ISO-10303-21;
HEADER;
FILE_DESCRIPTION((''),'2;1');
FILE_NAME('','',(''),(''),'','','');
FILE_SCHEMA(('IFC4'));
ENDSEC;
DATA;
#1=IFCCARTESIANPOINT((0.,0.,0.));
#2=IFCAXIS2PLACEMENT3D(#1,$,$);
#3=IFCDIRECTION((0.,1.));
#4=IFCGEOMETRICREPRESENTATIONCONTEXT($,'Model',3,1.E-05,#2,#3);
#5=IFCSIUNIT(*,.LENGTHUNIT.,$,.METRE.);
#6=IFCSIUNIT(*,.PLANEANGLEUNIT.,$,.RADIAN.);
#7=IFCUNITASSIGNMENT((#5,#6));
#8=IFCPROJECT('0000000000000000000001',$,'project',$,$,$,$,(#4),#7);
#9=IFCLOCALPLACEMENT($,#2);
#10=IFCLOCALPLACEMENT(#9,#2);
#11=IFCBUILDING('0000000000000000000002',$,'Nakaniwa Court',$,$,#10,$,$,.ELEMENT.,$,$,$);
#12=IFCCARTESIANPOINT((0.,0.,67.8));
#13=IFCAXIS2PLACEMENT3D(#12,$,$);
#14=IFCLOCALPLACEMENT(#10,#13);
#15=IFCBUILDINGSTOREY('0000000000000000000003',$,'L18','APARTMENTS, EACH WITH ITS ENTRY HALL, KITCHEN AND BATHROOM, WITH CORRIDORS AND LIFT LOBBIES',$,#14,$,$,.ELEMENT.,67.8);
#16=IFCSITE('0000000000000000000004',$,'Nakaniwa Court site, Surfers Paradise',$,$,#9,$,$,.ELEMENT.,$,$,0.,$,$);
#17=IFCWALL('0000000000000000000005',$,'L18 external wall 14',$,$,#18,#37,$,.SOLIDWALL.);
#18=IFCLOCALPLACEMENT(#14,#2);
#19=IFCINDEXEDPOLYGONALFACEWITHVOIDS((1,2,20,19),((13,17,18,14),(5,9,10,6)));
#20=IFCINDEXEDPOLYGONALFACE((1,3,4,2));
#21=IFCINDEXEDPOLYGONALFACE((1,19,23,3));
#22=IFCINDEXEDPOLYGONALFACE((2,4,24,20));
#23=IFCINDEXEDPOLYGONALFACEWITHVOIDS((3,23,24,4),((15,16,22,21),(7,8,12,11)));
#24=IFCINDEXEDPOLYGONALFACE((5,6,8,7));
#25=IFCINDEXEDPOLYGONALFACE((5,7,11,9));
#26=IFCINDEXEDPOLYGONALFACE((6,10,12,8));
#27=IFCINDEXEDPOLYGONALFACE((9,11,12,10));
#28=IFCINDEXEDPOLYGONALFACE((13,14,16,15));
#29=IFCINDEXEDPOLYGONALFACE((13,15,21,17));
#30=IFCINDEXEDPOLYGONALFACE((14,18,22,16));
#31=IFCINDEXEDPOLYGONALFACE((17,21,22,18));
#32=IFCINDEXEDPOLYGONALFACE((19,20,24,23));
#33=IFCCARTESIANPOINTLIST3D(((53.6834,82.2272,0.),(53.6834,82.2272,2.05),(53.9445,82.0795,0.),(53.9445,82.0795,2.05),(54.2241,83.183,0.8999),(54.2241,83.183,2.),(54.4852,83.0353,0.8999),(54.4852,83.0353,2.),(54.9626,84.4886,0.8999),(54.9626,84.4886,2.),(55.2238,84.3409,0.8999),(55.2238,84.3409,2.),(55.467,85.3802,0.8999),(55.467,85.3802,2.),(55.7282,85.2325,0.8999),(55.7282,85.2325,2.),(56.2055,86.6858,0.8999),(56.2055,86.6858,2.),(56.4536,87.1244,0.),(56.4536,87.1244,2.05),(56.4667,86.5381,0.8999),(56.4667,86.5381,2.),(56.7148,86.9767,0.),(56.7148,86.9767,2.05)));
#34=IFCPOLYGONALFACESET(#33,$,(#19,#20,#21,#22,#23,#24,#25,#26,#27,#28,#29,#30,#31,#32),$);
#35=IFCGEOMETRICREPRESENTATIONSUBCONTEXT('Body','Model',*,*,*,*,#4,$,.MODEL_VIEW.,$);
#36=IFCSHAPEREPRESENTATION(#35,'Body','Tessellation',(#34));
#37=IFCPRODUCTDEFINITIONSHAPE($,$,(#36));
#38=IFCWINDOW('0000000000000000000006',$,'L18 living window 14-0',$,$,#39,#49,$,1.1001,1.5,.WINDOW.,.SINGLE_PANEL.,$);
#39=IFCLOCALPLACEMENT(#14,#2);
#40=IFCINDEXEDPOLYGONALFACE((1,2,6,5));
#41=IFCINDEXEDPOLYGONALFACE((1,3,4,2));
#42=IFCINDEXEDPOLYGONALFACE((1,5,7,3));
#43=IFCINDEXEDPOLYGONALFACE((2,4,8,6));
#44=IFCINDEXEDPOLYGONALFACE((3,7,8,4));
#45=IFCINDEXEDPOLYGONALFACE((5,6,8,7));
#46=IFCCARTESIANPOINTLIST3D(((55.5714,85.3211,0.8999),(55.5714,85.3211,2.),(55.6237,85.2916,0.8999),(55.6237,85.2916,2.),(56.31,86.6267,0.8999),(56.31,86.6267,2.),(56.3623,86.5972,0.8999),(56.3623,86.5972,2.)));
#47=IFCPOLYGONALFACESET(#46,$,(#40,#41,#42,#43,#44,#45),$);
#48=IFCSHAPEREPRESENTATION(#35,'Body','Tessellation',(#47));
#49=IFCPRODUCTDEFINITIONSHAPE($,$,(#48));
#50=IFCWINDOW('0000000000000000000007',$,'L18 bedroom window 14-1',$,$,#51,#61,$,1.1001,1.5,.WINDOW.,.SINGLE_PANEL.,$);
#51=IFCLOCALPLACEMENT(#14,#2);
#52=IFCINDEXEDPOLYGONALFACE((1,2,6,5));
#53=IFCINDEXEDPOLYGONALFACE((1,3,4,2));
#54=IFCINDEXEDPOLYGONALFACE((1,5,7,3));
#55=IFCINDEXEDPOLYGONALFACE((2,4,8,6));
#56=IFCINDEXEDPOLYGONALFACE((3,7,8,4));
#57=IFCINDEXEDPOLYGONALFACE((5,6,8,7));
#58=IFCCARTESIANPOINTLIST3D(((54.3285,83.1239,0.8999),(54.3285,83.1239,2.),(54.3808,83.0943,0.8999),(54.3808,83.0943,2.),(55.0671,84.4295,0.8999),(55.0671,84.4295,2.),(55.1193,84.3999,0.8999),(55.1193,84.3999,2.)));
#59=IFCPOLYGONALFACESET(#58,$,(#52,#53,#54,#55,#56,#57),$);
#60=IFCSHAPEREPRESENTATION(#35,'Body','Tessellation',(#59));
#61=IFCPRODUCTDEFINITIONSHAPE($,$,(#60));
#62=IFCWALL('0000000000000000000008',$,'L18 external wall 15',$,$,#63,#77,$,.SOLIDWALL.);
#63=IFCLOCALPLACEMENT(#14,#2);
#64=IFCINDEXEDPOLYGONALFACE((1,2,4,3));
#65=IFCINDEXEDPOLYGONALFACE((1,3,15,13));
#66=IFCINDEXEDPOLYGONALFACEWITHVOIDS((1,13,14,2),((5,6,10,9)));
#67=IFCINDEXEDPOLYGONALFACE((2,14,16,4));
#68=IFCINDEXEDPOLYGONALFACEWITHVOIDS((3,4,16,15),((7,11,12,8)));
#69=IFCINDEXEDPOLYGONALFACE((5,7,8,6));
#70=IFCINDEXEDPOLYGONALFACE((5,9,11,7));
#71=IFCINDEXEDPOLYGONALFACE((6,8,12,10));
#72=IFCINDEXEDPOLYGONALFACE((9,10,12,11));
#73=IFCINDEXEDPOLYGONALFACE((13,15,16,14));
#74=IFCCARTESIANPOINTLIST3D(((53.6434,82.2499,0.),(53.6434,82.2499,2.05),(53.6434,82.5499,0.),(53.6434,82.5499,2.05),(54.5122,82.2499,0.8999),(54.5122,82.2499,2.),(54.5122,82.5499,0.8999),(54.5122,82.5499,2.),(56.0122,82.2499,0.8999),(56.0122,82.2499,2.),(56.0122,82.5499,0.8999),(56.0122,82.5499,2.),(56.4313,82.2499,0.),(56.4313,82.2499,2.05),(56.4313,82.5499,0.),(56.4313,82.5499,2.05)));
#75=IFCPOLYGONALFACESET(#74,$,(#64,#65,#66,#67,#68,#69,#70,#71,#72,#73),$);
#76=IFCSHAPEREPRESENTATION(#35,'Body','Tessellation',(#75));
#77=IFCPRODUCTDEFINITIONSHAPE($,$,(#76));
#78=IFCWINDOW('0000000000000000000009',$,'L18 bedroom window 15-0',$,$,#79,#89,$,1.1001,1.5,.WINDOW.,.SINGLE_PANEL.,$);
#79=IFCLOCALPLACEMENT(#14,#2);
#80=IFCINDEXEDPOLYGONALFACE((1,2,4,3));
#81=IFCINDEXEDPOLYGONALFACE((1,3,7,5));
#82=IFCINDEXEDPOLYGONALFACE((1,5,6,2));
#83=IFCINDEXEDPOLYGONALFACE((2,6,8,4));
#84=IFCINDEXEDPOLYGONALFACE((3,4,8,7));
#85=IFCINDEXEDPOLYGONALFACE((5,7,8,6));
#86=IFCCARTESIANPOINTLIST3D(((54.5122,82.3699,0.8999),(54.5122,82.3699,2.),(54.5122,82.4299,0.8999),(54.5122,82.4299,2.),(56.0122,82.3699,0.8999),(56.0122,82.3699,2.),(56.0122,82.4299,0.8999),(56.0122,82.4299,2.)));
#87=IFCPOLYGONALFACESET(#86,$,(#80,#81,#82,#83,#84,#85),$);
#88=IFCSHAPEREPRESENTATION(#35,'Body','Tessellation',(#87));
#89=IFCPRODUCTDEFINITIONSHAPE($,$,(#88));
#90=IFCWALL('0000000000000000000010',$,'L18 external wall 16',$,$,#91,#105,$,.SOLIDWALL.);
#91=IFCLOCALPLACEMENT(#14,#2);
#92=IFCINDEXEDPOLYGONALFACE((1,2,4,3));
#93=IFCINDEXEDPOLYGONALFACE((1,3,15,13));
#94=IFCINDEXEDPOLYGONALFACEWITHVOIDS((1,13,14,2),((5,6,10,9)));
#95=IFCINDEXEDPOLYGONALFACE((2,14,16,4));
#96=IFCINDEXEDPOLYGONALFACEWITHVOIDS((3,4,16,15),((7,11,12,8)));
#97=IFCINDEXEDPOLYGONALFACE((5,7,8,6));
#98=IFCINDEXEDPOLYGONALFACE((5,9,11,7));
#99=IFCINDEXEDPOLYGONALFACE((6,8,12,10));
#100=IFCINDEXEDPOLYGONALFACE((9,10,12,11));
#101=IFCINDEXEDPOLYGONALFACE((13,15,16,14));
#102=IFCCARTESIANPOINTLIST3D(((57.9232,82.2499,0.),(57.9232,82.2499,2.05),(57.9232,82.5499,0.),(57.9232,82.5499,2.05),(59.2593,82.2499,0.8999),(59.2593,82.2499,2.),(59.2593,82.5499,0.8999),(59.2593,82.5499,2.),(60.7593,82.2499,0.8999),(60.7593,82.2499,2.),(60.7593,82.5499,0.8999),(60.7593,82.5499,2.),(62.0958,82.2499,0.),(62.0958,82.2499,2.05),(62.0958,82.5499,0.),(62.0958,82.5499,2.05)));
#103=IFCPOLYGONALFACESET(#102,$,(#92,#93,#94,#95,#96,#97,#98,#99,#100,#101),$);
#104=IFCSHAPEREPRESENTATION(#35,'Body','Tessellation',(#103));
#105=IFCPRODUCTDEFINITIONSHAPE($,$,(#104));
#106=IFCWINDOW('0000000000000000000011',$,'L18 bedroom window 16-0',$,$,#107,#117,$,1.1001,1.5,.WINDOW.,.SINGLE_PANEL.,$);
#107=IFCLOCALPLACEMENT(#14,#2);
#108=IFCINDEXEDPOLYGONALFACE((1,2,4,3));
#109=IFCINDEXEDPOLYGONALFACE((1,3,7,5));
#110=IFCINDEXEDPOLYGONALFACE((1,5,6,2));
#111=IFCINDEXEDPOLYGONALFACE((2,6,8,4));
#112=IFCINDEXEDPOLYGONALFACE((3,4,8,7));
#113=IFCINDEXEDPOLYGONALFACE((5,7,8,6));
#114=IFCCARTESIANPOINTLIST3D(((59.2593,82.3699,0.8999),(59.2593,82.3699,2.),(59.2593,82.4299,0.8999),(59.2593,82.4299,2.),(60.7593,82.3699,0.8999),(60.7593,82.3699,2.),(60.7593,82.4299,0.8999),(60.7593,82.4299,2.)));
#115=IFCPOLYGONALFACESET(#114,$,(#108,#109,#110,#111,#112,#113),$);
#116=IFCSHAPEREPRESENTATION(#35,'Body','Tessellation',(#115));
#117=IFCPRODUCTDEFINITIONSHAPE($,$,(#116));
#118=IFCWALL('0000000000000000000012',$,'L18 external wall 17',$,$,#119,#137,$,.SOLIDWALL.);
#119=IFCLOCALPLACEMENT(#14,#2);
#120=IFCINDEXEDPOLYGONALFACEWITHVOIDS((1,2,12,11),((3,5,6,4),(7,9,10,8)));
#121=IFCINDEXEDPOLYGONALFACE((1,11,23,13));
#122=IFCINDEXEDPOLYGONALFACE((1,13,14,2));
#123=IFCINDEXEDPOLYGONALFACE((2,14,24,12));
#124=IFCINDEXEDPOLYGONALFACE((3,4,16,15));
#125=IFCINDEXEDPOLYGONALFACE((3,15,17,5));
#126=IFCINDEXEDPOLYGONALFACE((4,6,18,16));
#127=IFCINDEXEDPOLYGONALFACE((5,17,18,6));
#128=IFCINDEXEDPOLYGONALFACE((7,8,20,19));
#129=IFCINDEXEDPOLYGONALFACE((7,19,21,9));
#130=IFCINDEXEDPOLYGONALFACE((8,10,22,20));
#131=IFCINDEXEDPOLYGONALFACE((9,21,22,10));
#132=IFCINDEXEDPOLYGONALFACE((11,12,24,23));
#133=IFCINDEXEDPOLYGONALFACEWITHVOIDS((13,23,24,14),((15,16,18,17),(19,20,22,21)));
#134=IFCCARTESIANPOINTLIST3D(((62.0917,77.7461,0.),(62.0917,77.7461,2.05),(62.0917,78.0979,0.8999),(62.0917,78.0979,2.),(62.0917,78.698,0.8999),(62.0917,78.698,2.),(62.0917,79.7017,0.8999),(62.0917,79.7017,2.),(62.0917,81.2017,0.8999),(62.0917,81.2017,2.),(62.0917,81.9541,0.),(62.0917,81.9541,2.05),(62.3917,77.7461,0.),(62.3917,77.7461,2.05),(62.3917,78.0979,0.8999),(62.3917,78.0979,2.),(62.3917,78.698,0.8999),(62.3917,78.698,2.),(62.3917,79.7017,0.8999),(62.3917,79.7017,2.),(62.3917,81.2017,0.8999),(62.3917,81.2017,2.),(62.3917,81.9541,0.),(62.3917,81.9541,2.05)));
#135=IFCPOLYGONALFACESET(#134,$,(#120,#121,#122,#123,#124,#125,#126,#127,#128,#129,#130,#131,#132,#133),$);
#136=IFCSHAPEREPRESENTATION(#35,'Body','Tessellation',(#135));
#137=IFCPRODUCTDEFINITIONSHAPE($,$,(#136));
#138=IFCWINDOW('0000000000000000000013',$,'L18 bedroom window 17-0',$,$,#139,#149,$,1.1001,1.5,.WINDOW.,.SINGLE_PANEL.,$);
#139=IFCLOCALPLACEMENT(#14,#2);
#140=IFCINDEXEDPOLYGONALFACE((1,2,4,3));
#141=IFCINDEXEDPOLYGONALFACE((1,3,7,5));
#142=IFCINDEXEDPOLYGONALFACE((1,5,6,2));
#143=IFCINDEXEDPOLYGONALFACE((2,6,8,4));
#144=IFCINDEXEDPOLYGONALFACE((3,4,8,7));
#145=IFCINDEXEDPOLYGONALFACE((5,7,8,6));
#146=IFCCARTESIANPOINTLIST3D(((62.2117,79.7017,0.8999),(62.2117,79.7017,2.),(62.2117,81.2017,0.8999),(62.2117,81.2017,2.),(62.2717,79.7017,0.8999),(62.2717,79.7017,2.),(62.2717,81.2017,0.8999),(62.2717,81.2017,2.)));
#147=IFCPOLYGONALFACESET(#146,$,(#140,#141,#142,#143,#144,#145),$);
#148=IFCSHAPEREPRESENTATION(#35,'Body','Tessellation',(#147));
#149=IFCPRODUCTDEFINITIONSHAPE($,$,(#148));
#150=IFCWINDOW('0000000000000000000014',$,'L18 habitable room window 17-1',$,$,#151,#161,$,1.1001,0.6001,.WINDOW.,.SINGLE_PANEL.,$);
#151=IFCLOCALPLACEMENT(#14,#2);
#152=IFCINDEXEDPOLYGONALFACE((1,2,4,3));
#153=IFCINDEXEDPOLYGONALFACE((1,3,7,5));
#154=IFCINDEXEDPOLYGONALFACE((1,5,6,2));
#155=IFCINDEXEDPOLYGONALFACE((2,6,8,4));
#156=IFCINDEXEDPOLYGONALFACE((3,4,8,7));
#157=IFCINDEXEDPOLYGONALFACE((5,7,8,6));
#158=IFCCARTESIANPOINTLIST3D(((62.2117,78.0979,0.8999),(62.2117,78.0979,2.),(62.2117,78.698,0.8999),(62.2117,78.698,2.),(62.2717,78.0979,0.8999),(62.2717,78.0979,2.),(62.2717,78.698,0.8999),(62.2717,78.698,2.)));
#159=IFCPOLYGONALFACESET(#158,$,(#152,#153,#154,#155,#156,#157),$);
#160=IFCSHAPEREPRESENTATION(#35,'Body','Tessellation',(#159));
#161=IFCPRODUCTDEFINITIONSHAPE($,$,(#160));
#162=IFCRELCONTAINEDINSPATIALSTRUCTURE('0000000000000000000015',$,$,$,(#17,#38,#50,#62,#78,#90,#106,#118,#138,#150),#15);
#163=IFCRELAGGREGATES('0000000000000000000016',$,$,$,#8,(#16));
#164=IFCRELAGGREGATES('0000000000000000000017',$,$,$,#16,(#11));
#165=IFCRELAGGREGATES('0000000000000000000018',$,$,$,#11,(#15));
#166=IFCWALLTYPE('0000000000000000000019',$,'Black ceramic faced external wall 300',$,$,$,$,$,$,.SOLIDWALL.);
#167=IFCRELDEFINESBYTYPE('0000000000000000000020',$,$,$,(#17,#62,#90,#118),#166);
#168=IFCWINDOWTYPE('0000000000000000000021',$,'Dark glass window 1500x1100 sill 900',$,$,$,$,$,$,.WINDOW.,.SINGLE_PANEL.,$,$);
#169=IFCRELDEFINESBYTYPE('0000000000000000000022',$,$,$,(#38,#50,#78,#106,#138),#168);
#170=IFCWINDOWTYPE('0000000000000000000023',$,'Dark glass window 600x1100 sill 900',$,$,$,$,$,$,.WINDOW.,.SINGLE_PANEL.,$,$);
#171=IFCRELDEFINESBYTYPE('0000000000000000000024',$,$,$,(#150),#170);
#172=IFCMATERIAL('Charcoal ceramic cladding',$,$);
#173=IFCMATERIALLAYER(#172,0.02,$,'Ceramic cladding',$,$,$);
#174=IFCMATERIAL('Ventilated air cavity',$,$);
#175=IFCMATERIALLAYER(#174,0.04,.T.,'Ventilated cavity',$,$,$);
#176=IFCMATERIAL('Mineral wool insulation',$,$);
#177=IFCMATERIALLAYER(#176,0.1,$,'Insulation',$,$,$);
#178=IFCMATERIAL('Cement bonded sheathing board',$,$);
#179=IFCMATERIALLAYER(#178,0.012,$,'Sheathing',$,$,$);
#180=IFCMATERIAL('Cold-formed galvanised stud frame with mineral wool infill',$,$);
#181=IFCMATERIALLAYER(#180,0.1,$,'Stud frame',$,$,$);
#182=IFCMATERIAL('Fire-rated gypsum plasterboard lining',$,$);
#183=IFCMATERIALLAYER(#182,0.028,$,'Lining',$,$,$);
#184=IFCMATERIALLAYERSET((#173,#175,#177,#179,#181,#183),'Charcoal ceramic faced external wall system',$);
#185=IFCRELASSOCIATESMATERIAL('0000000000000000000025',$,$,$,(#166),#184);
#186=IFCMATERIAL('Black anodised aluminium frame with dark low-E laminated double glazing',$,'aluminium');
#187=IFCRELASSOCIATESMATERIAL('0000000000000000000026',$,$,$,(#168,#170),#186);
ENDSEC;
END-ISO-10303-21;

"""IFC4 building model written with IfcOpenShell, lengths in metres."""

from ifc_helpers import new_model, si_unit, direction, frame, frame_2d, origin, place, context, subcontext, project, spatial, rectangle, extrude, material, layer, layer_set, type_object, element, fill, save


model = new_model("IFC4")

# Units and contexts
model_context = context("Model", 3, precision=1e-05, world=origin(), true_north=direction((0.0, 1.0)))
body_context = subcontext(model_context, "Body", "Model", "MODEL_VIEW")
ifc_project = project(units=[si_unit("LENGTHUNIT", "METRE"), si_unit("PLANEANGLEUNIT", "RADIAN")], contexts=[model_context])

# Site, building, storey
site_placement = place(None, origin())
site = spatial("IfcSite", under=ifc_project, at=site_placement, Name="Nakaniwa Court site, Surfers Paradise", CompositionType="ELEMENT", RefElevation=0.0)
building_placement = place(site_placement, origin())
building = spatial("IfcBuilding", under=site, at=building_placement, Name="Nakaniwa Court", CompositionType="ELEMENT")
storey_placement = place(building_placement, frame((0.0, 0.0, 67.8)))
storey = spatial("IfcBuildingStorey", under=building, at=storey_placement, Name="L18", Description="APARTMENTS, EACH WITH ITS ENTRY HALL, KITCHEN AND BATHROOM, WITH CORRIDORS AND LIFT LOBBIES", CompositionType="ELEMENT", Elevation=67.8)

# Wall, openings, windows
ifc_material_1 = material(Name="Charcoal ceramic cladding")
ifc_layer_1 = layer(ifc_material_1, 0.02, Name="Ceramic cladding")
ifc_material_2 = material(Name="Ventilated air cavity")
ifc_layer_2 = layer(ifc_material_2, 0.04, ventilated=True, Name="Ventilated cavity")
ifc_material_3 = material(Name="Mineral wool insulation")
ifc_layer_3 = layer(ifc_material_3, 0.1, Name="Insulation")
ifc_material_4 = material(Name="Cement bonded sheathing board")
ifc_layer_4 = layer(ifc_material_4, 0.012, Name="Sheathing")
ifc_material_5 = material(Name="Cold-formed galvanised stud frame with mineral wool infill")
ifc_layer_5 = layer(ifc_material_5, 0.1, Name="Stud frame")
ifc_material_6 = material(Name="Fire-rated gypsum plasterboard lining")
ifc_layer_6 = layer(ifc_material_6, 0.028, Name="Lining")
ifc_layer_set_1 = layer_set([ifc_layer_1, ifc_layer_2, ifc_layer_3, ifc_layer_4, ifc_layer_5, ifc_layer_6], Name="Charcoal ceramic faced external wall system")
wall_type_1 = type_object("IfcWallType", Name="Black ceramic faced external wall 300", PredefinedType="SOLIDWALL", material=ifc_layer_set_1)
wall_1_placement = place(storey_placement, frame((56.5842, 87.0505, 0.0), z_axis=(0.0, 0.0, 1.0), x_axis=(-0.492363, -0.87039, 0.0)))
wall_1 = element("IfcWall", 1, at=wall_1_placement, inside=storey, type_object=wall_type_1, Name="L18 external wall 14", PredefinedType="SOLIDWALL", context=body_context, shape_type="SweptSolid", body=[
    extrude(rectangle(XDim=5.6265, YDim=0.3, at=frame_2d((2.8132, 0.0))), origin(), (0.0, 0.0, 1.0), 2.05),
])
opening_1_placement = place(wall_1_placement, frame((0.5039, 0.0, 0.8999)))
opening_1 = element("IfcOpeningElement", 2, at=opening_1_placement, cuts=wall_1, PredefinedType="OPENING", context=body_context, shape_type="SweptSolid", body=[
    extrude(rectangle(XDim=1.5, YDim=1.1001, at=frame_2d((0.75, 0.55))), frame((0.0, 0.1599, 0.0), z_axis=(0.0, -1.0, 0.0), x_axis=(1.0, 0.0, 0.0)), (0.0, 0.0, 1.0), 0.3201),
])
opening_2_placement = place(wall_1_placement, frame((3.0283, 0.0, 0.8999)))
opening_2 = element("IfcOpeningElement", 3, at=opening_2_placement, cuts=wall_1, PredefinedType="OPENING", context=body_context, shape_type="SweptSolid", body=[
    extrude(rectangle(XDim=1.5, YDim=1.1001, at=frame_2d((0.75, 0.55))), frame((0.0, 0.1599, 0.0), z_axis=(0.0, -1.0, 0.0), x_axis=(1.0, 0.0, 0.0)), (0.0, 0.0, 1.0), 0.3201),
])
ifc_material_7 = material(Name="Black anodised aluminium frame with dark low-E laminated double glazing", Category="aluminium")
window_type_1 = type_object("IfcWindowType", Name="Dark glass window 1500x1100 sill 900", PartitioningType="SINGLE_PANEL", PredefinedType="WINDOW", material=ifc_material_7)
window_1_placement = place(opening_1_placement, origin())
window_1 = element("IfcWindow", 4, at=window_1_placement, inside=storey, type_object=window_type_1, Name="L18 living window 14-0", OverallHeight=1.1001, OverallWidth=1.5, PartitioningType="SINGLE_PANEL", PredefinedType="WINDOW", context=body_context, shape_type="SweptSolid", body=[
    extrude(rectangle(XDim=1.5, YDim=1.1001, at=frame_2d((0.75, 0.55))), frame((0.0, 0.03, 0.0), z_axis=(0.0, -1.0, 0.0), x_axis=(1.0, 0.0, 0.0)), (0.0, 0.0, 1.0), 0.0601),
])
fill(opening_1, window_1)
window_2_placement = place(opening_2_placement, origin())
window_2 = element("IfcWindow", 5, at=window_2_placement, inside=storey, type_object=window_type_1, Name="L18 bedroom window 14-1", OverallHeight=1.1001, OverallWidth=1.5, PartitioningType="SINGLE_PANEL", PredefinedType="WINDOW", context=body_context, shape_type="SweptSolid", body=[
    extrude(rectangle(XDim=1.5, YDim=1.1001, at=frame_2d((0.75, 0.55))), frame((0.0, 0.03, 0.0), z_axis=(0.0, -1.0, 0.0), x_axis=(1.0, 0.0, 0.0)), (0.0, 0.0, 1.0), 0.0601),
])
fill(opening_2, window_2)

# Walls, openings, windows
wall_2_placement = place(storey_placement, frame((53.6433, 82.3999, 0.0), z_axis=(0.0, 0.0, 1.0), x_axis=(1.0, 0.0, 0.0)))
wall_2 = element("IfcWall", 6, at=wall_2_placement, inside=storey, type_object=wall_type_1, Name="L18 external wall 15", PredefinedType="SOLIDWALL", context=body_context, shape_type="SweptSolid", body=[
    extrude(rectangle(XDim=2.7878, YDim=0.3, at=frame_2d((1.394, 0.0))), origin(), (0.0, 0.0, 1.0), 2.05),
])
opening_3_placement = place(wall_2_placement, frame((0.8689, 0.0, 0.8999)))
opening_3 = element("IfcOpeningElement", 7, at=opening_3_placement, cuts=wall_2, PredefinedType="OPENING", context=body_context, shape_type="SweptSolid", body=[
    extrude(rectangle(XDim=1.5, YDim=1.1001, at=frame_2d((0.75, 0.55))), frame((0.0, 0.1599, 0.0), z_axis=(0.0, -1.0, 0.0), x_axis=(1.0, 0.0, 0.0)), (0.0, 0.0, 1.0), 0.3201),
])
window_3_placement = place(opening_3_placement, origin())
window_3 = element("IfcWindow", 8, at=window_3_placement, inside=storey, type_object=window_type_1, Name="L18 bedroom window 15-0", OverallHeight=1.1001, OverallWidth=1.5, PartitioningType="SINGLE_PANEL", PredefinedType="WINDOW", context=body_context, shape_type="SweptSolid", body=[
    extrude(rectangle(XDim=1.5, YDim=1.1001, at=frame_2d((0.75, 0.55))), frame((0.0, 0.03, 0.0), z_axis=(0.0, -1.0, 0.0), x_axis=(1.0, 0.0, 0.0)), (0.0, 0.0, 1.0), 0.0601),
])
fill(opening_3, window_3)
wall_3_placement = place(storey_placement, frame((57.9231, 82.3999, 0.0), z_axis=(0.0, 0.0, 1.0), x_axis=(1.0, 0.0, 0.0)))
wall_3 = element("IfcWall", 9, at=wall_3_placement, inside=storey, type_object=wall_type_1, Name="L18 external wall 16", PredefinedType="SOLIDWALL", context=body_context, shape_type="SweptSolid", body=[
    extrude(rectangle(XDim=4.1726, YDim=0.3, at=frame_2d((2.0864, 0.0))), origin(), (0.0, 0.0, 1.0), 2.05),
])
opening_4_placement = place(wall_3_placement, frame((1.3362, 0.0, 0.8999)))
opening_4 = element("IfcOpeningElement", 10, at=opening_4_placement, cuts=wall_3, PredefinedType="OPENING", context=body_context, shape_type="SweptSolid", body=[
    extrude(rectangle(XDim=1.5, YDim=1.1001, at=frame_2d((0.75, 0.55))), frame((0.0, 0.1599, 0.0), z_axis=(0.0, -1.0, 0.0), x_axis=(1.0, 0.0, 0.0)), (0.0, 0.0, 1.0), 0.3201),
])
window_4_placement = place(opening_4_placement, origin())
window_4 = element("IfcWindow", 11, at=window_4_placement, inside=storey, type_object=window_type_1, Name="L18 bedroom window 16-0", OverallHeight=1.1001, OverallWidth=1.5, PartitioningType="SINGLE_PANEL", PredefinedType="WINDOW", context=body_context, shape_type="SweptSolid", body=[
    extrude(rectangle(XDim=1.5, YDim=1.1001, at=frame_2d((0.75, 0.55))), frame((0.0, 0.03, 0.0), z_axis=(0.0, -1.0, 0.0), x_axis=(1.0, 0.0, 0.0)), (0.0, 0.0, 1.0), 0.0601),
])
fill(opening_4, window_4)

# Wall, openings, windows
wall_4_placement = place(storey_placement, frame((62.2417, 81.9541, 0.0), z_axis=(0.0, 0.0, 1.0), x_axis=(0.0, -1.0, 0.0)))
wall_4 = element("IfcWall", 12, at=wall_4_placement, inside=storey, type_object=wall_type_1, Name="L18 external wall 17", PredefinedType="SOLIDWALL", context=body_context, shape_type="SweptSolid", body=[
    extrude(rectangle(XDim=4.208, YDim=0.3, at=frame_2d((2.104, 0.0))), origin(), (0.0, 0.0, 1.0), 2.05),
])
opening_5_placement = place(wall_4_placement, frame((0.7524, 0.0, 0.8999)))
opening_5 = element("IfcOpeningElement", 13, at=opening_5_placement, cuts=wall_4, PredefinedType="OPENING", context=body_context, shape_type="SweptSolid", body=[
    extrude(rectangle(XDim=1.5, YDim=1.1001, at=frame_2d((0.75, 0.55))), frame((0.0, 0.1599, 0.0), z_axis=(0.0, -1.0, 0.0), x_axis=(1.0, 0.0, 0.0)), (0.0, 0.0, 1.0), 0.3201),
])
opening_6_placement = place(wall_4_placement, frame((3.2561, 0.0, 0.8999)))
opening_6 = element("IfcOpeningElement", 14, at=opening_6_placement, cuts=wall_4, PredefinedType="OPENING", context=body_context, shape_type="SweptSolid", body=[
    extrude(rectangle(XDim=0.6001, YDim=1.1001, at=frame_2d((0.3, 0.55))), frame((0.0, 0.1599, 0.0), z_axis=(0.0, -1.0, 0.0), x_axis=(1.0, 0.0, 0.0)), (0.0, 0.0, 1.0), 0.3201),
])
window_5_placement = place(opening_5_placement, origin())
window_5 = element("IfcWindow", 15, at=window_5_placement, inside=storey, type_object=window_type_1, Name="L18 bedroom window 17-0", OverallHeight=1.1001, OverallWidth=1.5, PartitioningType="SINGLE_PANEL", PredefinedType="WINDOW", context=body_context, shape_type="SweptSolid", body=[
    extrude(rectangle(XDim=1.5, YDim=1.1001, at=frame_2d((0.75, 0.55))), frame((0.0, 0.03, 0.0), z_axis=(0.0, -1.0, 0.0), x_axis=(1.0, 0.0, 0.0)), (0.0, 0.0, 1.0), 0.0601),
])
fill(opening_5, window_5)
window_type_2 = type_object("IfcWindowType", Name="Dark glass window 600x1100 sill 900", PartitioningType="SINGLE_PANEL", PredefinedType="WINDOW", material=ifc_material_7)
window_6_placement = place(opening_6_placement, origin())
window_6 = element("IfcWindow", 16, at=window_6_placement, inside=storey, type_object=window_type_2, Name="L18 habitable room window 17-1", OverallHeight=1.1001, OverallWidth=0.6001, PartitioningType="SINGLE_PANEL", PredefinedType="WINDOW", context=body_context, shape_type="SweptSolid", body=[
    extrude(rectangle(XDim=0.6001, YDim=1.1001, at=frame_2d((0.3, 0.55))), frame((0.0, 0.03, 0.0), z_axis=(0.0, -1.0, 0.0), x_axis=(1.0, 0.0, 0.0)), (0.0, 0.0, 1.0), 0.0601),
])
fill(opening_6, window_6)

save(model, "model.ifc")
